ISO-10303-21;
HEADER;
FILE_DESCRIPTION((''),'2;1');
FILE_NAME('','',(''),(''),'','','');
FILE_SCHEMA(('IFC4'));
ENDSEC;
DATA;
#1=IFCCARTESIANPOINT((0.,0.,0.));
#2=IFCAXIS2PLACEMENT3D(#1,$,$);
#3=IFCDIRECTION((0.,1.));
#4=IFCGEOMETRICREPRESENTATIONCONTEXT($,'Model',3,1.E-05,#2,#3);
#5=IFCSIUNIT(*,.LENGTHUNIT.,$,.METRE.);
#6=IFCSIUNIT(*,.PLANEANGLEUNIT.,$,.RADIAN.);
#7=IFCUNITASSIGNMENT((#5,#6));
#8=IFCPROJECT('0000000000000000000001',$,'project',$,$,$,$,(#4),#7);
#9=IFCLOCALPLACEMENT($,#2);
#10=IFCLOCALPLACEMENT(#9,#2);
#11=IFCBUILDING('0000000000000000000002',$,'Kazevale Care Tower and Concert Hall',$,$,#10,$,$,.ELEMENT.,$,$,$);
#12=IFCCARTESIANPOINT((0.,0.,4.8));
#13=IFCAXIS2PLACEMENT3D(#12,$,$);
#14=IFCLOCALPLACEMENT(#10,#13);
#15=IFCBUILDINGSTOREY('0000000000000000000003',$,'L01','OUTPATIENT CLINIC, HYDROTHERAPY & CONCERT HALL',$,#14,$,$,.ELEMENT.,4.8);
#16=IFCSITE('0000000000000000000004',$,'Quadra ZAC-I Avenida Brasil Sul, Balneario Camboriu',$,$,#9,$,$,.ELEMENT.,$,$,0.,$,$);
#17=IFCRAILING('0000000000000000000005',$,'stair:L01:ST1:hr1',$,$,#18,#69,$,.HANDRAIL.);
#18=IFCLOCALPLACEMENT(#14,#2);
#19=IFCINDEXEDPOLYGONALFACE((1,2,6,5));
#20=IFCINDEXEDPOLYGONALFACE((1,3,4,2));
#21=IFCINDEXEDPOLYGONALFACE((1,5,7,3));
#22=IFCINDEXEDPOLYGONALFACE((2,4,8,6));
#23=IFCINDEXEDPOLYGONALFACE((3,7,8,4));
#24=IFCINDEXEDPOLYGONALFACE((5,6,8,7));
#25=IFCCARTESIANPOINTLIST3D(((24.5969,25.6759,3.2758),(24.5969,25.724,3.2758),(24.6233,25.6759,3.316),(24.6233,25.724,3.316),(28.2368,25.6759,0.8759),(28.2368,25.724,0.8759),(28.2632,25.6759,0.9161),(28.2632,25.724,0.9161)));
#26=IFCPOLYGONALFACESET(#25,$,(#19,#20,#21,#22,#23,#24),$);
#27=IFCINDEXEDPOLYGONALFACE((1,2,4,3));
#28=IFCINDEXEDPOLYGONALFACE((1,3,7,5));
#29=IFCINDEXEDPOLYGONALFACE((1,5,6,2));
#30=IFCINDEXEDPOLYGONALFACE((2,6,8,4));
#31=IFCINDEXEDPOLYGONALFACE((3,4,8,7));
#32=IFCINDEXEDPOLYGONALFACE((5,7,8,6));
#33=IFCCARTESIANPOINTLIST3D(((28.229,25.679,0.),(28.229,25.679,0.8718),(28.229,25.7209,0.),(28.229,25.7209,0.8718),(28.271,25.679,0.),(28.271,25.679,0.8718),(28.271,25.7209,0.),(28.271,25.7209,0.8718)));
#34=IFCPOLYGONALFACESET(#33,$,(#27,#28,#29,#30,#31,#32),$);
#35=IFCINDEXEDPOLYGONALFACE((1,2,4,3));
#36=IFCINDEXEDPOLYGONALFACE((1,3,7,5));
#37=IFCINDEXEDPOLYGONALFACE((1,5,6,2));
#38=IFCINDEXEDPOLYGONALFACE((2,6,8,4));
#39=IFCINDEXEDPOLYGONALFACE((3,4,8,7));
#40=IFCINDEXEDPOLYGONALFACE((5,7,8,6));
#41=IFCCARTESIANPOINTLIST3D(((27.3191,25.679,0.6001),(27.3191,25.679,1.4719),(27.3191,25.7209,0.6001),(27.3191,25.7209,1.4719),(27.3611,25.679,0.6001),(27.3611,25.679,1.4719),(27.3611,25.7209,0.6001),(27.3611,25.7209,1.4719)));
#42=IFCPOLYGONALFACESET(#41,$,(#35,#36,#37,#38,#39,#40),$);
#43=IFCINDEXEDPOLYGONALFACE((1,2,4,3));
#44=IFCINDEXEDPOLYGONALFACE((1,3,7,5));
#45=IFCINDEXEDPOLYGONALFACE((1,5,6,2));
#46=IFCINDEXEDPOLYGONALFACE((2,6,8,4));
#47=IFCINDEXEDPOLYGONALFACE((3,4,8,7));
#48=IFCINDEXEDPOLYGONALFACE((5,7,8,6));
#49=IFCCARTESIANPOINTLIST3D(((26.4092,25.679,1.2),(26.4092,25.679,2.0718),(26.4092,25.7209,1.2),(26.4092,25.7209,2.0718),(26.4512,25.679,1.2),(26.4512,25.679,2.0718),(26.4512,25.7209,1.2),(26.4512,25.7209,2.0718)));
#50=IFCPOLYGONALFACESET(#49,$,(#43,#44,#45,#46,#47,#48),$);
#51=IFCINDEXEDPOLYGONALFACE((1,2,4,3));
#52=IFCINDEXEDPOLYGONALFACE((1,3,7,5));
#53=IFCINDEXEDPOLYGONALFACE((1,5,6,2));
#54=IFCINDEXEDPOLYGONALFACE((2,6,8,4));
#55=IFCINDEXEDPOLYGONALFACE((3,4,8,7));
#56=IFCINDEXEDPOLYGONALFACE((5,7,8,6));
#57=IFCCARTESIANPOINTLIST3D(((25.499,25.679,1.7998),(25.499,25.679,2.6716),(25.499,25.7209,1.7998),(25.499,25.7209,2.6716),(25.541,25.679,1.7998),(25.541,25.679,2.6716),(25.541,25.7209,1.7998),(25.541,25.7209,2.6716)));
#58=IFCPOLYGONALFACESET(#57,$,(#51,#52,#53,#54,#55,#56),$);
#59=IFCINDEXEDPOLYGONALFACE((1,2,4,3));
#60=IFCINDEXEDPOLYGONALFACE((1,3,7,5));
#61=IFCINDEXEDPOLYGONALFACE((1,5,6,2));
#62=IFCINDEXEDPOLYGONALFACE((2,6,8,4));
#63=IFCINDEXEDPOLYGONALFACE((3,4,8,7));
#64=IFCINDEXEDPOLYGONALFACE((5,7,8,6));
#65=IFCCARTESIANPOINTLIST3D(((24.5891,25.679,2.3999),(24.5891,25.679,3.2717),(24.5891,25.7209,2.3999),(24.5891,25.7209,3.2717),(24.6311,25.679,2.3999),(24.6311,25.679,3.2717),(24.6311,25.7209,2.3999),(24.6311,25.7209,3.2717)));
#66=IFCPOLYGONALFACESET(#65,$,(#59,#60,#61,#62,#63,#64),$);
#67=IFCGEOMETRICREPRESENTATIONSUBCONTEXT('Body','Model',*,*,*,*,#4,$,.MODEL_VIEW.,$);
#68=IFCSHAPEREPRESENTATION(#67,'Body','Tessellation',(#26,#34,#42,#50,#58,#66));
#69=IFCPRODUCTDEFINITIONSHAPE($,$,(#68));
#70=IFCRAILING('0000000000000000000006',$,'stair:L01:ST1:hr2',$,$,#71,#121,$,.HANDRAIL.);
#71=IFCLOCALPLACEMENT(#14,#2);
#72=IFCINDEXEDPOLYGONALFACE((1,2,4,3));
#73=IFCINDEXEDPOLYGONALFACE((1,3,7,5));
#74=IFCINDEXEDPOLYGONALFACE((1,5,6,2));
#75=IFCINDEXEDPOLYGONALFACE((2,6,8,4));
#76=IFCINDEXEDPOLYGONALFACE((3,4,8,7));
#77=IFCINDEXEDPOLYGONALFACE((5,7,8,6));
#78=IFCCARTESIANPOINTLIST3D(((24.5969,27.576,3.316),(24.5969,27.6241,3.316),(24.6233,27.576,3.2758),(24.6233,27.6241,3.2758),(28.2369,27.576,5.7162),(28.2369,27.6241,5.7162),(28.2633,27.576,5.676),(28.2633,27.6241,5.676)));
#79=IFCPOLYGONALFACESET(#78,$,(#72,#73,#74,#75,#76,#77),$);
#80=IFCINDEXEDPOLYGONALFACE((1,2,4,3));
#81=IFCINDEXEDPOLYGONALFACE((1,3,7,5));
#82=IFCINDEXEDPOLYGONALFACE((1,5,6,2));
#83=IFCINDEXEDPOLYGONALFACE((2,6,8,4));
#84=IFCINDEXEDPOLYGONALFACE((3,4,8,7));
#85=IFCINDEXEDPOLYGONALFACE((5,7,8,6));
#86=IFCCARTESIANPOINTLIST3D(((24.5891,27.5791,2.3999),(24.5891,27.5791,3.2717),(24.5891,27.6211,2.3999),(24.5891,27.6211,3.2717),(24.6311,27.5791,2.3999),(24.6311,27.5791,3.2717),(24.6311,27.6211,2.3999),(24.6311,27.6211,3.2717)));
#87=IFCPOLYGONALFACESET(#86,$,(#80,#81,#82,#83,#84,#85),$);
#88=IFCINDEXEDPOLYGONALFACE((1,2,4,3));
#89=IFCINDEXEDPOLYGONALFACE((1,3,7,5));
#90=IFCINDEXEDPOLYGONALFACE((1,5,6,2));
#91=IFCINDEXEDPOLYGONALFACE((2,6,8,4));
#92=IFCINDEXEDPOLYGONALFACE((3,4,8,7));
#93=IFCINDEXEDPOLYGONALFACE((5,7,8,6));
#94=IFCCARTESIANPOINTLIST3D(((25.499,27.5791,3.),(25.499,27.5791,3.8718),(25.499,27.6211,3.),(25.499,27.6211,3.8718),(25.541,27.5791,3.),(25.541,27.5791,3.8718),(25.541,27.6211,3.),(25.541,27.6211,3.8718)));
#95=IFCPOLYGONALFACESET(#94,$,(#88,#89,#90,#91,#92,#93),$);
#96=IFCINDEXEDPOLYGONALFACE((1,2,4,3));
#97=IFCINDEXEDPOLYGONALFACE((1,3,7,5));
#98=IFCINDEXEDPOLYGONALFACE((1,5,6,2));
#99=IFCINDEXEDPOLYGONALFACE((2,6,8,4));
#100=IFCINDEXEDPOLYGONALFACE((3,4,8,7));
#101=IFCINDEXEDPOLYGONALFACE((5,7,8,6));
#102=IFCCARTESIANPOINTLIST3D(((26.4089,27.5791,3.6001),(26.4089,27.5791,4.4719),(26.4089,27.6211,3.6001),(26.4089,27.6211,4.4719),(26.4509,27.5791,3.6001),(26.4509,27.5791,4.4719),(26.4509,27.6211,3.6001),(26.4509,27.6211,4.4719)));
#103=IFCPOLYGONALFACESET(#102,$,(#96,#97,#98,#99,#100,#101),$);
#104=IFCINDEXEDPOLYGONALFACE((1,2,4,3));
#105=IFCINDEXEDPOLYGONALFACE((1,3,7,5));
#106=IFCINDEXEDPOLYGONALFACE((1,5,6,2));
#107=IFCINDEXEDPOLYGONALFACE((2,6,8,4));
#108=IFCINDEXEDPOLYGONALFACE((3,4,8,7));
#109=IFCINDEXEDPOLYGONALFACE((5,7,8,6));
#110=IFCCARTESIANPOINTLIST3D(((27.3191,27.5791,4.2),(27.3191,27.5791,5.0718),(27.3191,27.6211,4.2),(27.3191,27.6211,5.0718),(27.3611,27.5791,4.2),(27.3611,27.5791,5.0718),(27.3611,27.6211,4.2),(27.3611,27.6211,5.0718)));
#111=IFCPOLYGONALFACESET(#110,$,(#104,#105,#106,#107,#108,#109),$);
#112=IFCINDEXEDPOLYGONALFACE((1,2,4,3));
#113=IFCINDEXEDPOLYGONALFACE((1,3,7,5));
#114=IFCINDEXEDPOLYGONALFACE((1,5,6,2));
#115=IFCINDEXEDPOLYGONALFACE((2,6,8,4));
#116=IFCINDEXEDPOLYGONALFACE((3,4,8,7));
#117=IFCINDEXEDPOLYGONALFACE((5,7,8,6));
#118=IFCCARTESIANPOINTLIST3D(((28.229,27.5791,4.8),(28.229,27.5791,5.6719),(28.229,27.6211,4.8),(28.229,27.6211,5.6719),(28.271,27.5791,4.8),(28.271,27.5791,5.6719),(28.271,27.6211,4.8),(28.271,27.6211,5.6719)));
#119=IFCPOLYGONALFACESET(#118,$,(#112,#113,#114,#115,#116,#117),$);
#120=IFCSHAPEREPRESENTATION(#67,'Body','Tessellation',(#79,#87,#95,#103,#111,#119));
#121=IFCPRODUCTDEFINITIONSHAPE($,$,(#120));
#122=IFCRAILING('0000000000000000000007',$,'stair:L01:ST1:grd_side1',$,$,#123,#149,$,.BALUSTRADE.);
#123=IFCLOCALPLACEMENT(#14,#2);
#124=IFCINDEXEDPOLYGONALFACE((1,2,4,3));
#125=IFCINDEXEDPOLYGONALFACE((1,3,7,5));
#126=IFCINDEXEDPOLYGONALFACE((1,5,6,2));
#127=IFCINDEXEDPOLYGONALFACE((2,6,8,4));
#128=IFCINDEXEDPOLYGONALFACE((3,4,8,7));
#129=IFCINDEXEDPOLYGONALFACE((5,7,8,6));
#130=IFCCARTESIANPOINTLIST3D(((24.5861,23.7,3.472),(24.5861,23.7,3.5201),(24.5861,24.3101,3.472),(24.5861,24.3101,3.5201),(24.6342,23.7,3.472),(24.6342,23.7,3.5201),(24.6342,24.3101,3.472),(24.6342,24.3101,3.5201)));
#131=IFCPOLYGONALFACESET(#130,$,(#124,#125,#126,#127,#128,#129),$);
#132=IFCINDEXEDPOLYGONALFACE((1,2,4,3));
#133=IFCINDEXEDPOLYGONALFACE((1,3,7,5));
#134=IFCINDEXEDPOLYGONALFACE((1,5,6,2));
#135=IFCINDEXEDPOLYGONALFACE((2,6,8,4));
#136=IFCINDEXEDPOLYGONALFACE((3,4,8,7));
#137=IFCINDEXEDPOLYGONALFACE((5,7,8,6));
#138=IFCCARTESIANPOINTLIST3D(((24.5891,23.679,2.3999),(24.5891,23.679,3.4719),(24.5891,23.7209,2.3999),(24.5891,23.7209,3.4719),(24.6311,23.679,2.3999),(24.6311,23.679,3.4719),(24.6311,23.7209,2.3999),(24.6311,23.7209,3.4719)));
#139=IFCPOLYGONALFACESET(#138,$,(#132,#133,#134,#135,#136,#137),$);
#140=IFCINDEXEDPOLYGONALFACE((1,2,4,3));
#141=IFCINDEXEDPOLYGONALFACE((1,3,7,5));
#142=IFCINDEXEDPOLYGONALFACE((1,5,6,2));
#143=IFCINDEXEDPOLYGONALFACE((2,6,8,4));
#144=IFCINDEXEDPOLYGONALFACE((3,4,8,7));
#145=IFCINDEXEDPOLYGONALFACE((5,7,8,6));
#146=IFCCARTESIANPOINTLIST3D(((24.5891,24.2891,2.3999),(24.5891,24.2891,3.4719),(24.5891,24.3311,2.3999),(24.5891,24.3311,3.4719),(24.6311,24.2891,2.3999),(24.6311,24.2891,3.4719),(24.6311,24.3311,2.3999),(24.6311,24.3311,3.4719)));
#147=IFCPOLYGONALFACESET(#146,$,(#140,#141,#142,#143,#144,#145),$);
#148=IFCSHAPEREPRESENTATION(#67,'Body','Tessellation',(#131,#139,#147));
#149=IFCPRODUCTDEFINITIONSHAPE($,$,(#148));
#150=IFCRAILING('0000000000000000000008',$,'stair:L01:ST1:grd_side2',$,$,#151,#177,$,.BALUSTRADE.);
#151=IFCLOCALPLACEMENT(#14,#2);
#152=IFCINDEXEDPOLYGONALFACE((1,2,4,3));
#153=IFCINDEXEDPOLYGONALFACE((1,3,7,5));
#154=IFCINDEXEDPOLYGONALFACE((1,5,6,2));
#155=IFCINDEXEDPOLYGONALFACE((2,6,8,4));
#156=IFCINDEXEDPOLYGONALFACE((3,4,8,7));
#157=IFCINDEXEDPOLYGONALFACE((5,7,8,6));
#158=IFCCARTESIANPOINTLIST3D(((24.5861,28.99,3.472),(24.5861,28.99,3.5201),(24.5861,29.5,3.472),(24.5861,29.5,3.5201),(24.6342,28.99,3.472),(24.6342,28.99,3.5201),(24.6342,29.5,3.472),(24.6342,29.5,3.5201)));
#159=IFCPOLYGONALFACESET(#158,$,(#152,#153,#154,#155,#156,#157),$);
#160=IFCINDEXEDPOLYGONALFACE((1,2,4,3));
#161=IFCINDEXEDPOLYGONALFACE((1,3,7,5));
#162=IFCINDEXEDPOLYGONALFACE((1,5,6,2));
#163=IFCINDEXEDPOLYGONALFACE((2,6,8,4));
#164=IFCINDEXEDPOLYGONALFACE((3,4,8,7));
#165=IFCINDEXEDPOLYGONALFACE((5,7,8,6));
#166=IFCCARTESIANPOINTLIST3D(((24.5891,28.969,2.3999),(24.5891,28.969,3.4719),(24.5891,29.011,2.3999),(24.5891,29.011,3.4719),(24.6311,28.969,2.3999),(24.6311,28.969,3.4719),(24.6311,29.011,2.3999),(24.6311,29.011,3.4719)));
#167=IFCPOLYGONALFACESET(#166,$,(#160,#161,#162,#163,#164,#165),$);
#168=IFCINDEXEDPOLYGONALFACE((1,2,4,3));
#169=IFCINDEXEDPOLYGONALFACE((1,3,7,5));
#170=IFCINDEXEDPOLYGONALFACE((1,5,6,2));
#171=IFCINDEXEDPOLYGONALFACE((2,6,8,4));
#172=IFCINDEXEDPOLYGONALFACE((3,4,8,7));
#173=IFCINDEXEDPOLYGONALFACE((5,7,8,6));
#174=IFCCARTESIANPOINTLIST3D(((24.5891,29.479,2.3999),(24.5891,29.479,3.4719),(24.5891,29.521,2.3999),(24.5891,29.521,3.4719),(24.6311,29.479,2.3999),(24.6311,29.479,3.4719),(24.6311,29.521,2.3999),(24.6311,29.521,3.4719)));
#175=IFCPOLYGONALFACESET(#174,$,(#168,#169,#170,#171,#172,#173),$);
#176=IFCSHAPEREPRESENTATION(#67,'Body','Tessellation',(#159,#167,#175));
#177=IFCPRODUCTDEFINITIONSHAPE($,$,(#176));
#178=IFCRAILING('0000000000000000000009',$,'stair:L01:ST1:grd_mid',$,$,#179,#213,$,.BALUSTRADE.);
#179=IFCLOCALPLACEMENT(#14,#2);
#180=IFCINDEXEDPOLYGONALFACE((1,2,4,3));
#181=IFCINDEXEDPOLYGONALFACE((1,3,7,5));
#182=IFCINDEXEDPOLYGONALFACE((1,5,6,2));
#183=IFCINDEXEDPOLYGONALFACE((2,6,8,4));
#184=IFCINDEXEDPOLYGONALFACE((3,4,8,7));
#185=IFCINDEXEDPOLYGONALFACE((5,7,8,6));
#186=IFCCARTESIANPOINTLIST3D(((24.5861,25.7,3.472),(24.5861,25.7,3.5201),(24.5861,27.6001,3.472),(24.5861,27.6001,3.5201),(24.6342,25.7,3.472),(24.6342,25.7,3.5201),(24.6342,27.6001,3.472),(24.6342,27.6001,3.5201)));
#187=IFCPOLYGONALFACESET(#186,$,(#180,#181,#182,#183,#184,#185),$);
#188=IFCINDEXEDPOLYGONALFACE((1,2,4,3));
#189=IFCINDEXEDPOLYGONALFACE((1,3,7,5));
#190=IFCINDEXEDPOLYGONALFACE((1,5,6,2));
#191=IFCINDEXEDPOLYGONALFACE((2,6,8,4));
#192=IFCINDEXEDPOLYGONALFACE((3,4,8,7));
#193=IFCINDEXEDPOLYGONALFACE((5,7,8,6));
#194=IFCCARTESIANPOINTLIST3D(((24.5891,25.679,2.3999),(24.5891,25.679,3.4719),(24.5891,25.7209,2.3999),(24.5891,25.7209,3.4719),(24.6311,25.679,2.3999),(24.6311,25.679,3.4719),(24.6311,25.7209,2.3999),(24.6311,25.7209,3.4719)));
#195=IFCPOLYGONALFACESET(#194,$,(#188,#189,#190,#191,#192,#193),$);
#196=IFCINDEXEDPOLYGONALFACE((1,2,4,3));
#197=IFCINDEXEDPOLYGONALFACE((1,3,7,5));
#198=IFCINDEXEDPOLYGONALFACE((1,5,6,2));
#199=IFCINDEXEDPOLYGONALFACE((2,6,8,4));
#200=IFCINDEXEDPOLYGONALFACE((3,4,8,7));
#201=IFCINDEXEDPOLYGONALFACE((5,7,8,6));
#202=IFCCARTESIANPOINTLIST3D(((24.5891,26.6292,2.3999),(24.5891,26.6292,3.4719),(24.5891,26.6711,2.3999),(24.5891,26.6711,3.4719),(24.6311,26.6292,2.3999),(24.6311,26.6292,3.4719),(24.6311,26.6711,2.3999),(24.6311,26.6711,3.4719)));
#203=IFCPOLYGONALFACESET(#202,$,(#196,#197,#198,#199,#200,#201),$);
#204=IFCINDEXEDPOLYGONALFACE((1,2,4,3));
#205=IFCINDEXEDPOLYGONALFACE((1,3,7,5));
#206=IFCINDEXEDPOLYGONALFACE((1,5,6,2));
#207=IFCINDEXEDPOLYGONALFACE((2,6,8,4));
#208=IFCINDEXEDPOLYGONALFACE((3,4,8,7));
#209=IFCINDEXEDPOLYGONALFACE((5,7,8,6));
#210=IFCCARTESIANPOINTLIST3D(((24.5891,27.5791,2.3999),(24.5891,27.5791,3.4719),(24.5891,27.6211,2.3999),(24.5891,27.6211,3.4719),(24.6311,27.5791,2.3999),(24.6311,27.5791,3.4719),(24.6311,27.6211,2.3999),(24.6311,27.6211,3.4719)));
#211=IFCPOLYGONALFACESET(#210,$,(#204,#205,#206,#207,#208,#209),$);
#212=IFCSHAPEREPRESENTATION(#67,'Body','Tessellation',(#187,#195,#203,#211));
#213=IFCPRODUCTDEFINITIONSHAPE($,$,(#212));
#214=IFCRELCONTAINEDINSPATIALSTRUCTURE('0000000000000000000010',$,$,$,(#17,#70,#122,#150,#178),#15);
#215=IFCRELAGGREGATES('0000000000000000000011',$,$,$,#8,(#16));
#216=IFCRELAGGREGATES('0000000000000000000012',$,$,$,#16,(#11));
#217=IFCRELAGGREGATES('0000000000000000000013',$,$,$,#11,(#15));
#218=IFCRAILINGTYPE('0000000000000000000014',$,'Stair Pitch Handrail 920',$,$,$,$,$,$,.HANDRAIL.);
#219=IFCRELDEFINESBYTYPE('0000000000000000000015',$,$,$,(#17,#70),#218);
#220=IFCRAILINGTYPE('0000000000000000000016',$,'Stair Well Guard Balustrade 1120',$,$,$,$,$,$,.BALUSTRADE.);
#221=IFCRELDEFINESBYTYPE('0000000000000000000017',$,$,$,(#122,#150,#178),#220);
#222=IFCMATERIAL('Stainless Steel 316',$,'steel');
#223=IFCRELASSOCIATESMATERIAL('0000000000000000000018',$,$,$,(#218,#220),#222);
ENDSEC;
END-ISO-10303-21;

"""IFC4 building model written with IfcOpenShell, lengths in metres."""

from ifc_helpers import new_model, si_unit, direction, frame, origin, origin_2d, place, context, subcontext, project, spatial, rectangle, extrude, material, type_object, element, save


model = new_model("IFC4")

# Units and contexts
model_context = context("Model", 3, precision=1e-05, world=origin(), true_north=direction((0.0, 1.0)))
body_context = subcontext(model_context, "Body", "Model", "MODEL_VIEW")
ifc_project = project(units=[si_unit("LENGTHUNIT", "METRE"), si_unit("PLANEANGLEUNIT", "RADIAN")], contexts=[model_context])

# Site, building, storey
site_placement = place(None, origin())
site = spatial("IfcSite", under=ifc_project, at=site_placement, Name="Quadra ZAC-I Avenida Brasil Sul, Balneario Camboriu", CompositionType="ELEMENT", RefElevation=0.0)
building_placement = place(site_placement, origin())
building = spatial("IfcBuilding", under=site, at=building_placement, Name="Kazevale Care Tower and Concert Hall", CompositionType="ELEMENT")
storey_placement = place(building_placement, frame((0.0, 0.0, 4.8)))
storey = spatial("IfcBuildingStorey", under=building, at=storey_placement, Name="L01", Description="OUTPATIENT CLINIC, HYDROTHERAPY & CONCERT HALL", CompositionType="ELEMENT", Elevation=4.8)

# Railings
ifc_material_1 = material(Name="Stainless Steel 316", Category="steel")
railing_type_1 = type_object("IfcRailingType", Name="Stair Pitch Handrail 920", PredefinedType="HANDRAIL", material=ifc_material_1)
railing_1_placement = place(storey_placement, frame((28.25, 25.7, 0.0)))
element("IfcRailing", 1, at=railing_1_placement, inside=storey, type_object=railing_type_1, Name="stair:L01:ST1:hr1", PredefinedType="HANDRAIL", context=body_context, shape_type="SweptSolid", body=[
    extrude(rectangle(XDim=0.0481, YDim=0.0481, at=origin_2d()), frame((0.0, 0.0, 0.896), z_axis=(-0.834865, 0.0, 0.550454), x_axis=(0.0, -1.0, 0.0)), (0.0, 0.0, 1.0), 4.3599),
    extrude(rectangle(XDim=0.042, YDim=0.042, at=origin_2d()), origin(), (0.0, 0.0, 1.0), 0.8718),
    extrude(rectangle(XDim=0.042, YDim=0.042, at=origin_2d()), frame((-0.9099, 0.0, 0.6001)), (0.0, 0.0, 1.0), 0.8718),
    extrude(rectangle(XDim=0.042, YDim=0.042, at=origin_2d()), frame((-1.8198, 0.0, 1.2)), (0.0, 0.0, 1.0), 0.8718),
    extrude(rectangle(XDim=0.042, YDim=0.042, at=origin_2d()), frame((-2.73, 0.0, 1.7998)), (0.0, 0.0, 1.0), 0.8718),
    extrude(rectangle(XDim=0.042, YDim=0.042, at=origin_2d()), frame((-3.6399, 0.0, 2.3999)), (0.0, 0.0, 1.0), 0.8718),
])
railing_2_placement = place(storey_placement, frame((24.6101, 27.6001, 2.3999)))
element("IfcRailing", 2, at=railing_2_placement, inside=storey, type_object=railing_type_1, Name="stair:L01:ST1:hr2", PredefinedType="HANDRAIL", context=body_context, shape_type="SweptSolid", body=[
    extrude(rectangle(XDim=0.0481, YDim=0.0481, at=origin_2d()), frame((0.0, 0.0, 0.896), z_axis=(0.834839, 0.0, 0.550493), x_axis=(0.0, 1.0, 0.0)), (0.0, 0.0, 1.0), 4.3601),
    extrude(rectangle(XDim=0.042, YDim=0.042, at=origin_2d()), origin(), (0.0, 0.0, 1.0), 0.8718),
    extrude(rectangle(XDim=0.042, YDim=0.042, at=origin_2d()), frame((0.9099, 0.0, 0.6001)), (0.0, 0.0, 1.0), 0.8718),
    extrude(rectangle(XDim=0.042, YDim=0.042, at=origin_2d()), frame((1.8198, 0.0, 1.2002)), (0.0, 0.0, 1.0), 0.8718),
    extrude(rectangle(XDim=0.042, YDim=0.042, at=origin_2d()), frame((2.73, 0.0, 1.8)), (0.0, 0.0, 1.0), 0.8718),
    extrude(rectangle(XDim=0.042, YDim=0.042, at=origin_2d()), frame((3.6399, 0.0, 2.4001)), (0.0, 0.0, 1.0), 0.8718),
])
railing_type_2 = type_object("IfcRailingType", Name="Stair Well Guard Balustrade 1120", PredefinedType="BALUSTRADE", material=ifc_material_1)
railing_3_placement = place(storey_placement, frame((24.6101, 23.7, 2.3999)))
element("IfcRailing", 3, at=railing_3_placement, inside=storey, type_object=railing_type_2, Name="stair:L01:ST1:grd_side1", PredefinedType="BALUSTRADE", context=body_context, shape_type="SweptSolid", body=[
    extrude(rectangle(XDim=0.0481, YDim=0.0481, at=origin_2d()), frame((0.0, 0.0, 1.0962), z_axis=(0.0, 1.0, 0.0), x_axis=(-1.0, 0.0, 0.0)), (0.0, 0.0, 1.0), 0.6101),
    extrude(rectangle(XDim=0.042, YDim=0.042, at=origin_2d()), origin(), (0.0, 0.0, 1.0), 1.072),
    extrude(rectangle(XDim=0.042, YDim=0.042, at=origin_2d()), frame((0.0, 0.6101, 0.0)), (0.0, 0.0, 1.0), 1.072),
])
railing_4_placement = place(storey_placement, frame((24.6101, 28.99, 2.3999)))
element("IfcRailing", 4, at=railing_4_placement, inside=storey, type_object=railing_type_2, Name="stair:L01:ST1:grd_side2", PredefinedType="BALUSTRADE", context=body_context, shape_type="SweptSolid", body=[
    extrude(rectangle(XDim=0.0481, YDim=0.0481, at=origin_2d()), frame((0.0, 0.0, 1.0962), z_axis=(0.0, 1.0, 0.0), x_axis=(-1.0, 0.0, 0.0)), (0.0, 0.0, 1.0), 0.51),
    extrude(rectangle(XDim=0.042, YDim=0.042, at=origin_2d()), origin(), (0.0, 0.0, 1.0), 1.072),
    extrude(rectangle(XDim=0.042, YDim=0.042, at=origin_2d()), frame((0.0, 0.51, 0.0)), (0.0, 0.0, 1.0), 1.072),
])
for number, where, name in (
    (5, (24.6101, 25.7, 2.3999), "stair:L01:ST1:grd_mid"),
):
    element("IfcRailing", number, at=place(storey_placement, frame(where)), inside=storey, type_object=railing_type_2, Name=name, PredefinedType="BALUSTRADE", context=body_context, shape_type="SweptSolid", body=[
        extrude(rectangle(XDim=0.0481, YDim=0.0481, at=origin_2d()), frame((0.0, 0.0, 1.0962), z_axis=(0.0, 1.0, 0.0), x_axis=(-1.0, 0.0, 0.0)), (0.0, 0.0, 1.0), 1.9001),
        extrude(rectangle(XDim=0.042, YDim=0.042, at=origin_2d()), origin(), (0.0, 0.0, 1.0), 1.072),
        extrude(rectangle(XDim=0.042, YDim=0.042, at=origin_2d()), frame((0.0, 0.9502, 0.0)), (0.0, 0.0, 1.0), 1.072),
        extrude(rectangle(XDim=0.042, YDim=0.042, at=origin_2d()), frame((0.0, 1.9001, 0.0)), (0.0, 0.0, 1.0), 1.072),
    ])

save(model, "model.ifc")
